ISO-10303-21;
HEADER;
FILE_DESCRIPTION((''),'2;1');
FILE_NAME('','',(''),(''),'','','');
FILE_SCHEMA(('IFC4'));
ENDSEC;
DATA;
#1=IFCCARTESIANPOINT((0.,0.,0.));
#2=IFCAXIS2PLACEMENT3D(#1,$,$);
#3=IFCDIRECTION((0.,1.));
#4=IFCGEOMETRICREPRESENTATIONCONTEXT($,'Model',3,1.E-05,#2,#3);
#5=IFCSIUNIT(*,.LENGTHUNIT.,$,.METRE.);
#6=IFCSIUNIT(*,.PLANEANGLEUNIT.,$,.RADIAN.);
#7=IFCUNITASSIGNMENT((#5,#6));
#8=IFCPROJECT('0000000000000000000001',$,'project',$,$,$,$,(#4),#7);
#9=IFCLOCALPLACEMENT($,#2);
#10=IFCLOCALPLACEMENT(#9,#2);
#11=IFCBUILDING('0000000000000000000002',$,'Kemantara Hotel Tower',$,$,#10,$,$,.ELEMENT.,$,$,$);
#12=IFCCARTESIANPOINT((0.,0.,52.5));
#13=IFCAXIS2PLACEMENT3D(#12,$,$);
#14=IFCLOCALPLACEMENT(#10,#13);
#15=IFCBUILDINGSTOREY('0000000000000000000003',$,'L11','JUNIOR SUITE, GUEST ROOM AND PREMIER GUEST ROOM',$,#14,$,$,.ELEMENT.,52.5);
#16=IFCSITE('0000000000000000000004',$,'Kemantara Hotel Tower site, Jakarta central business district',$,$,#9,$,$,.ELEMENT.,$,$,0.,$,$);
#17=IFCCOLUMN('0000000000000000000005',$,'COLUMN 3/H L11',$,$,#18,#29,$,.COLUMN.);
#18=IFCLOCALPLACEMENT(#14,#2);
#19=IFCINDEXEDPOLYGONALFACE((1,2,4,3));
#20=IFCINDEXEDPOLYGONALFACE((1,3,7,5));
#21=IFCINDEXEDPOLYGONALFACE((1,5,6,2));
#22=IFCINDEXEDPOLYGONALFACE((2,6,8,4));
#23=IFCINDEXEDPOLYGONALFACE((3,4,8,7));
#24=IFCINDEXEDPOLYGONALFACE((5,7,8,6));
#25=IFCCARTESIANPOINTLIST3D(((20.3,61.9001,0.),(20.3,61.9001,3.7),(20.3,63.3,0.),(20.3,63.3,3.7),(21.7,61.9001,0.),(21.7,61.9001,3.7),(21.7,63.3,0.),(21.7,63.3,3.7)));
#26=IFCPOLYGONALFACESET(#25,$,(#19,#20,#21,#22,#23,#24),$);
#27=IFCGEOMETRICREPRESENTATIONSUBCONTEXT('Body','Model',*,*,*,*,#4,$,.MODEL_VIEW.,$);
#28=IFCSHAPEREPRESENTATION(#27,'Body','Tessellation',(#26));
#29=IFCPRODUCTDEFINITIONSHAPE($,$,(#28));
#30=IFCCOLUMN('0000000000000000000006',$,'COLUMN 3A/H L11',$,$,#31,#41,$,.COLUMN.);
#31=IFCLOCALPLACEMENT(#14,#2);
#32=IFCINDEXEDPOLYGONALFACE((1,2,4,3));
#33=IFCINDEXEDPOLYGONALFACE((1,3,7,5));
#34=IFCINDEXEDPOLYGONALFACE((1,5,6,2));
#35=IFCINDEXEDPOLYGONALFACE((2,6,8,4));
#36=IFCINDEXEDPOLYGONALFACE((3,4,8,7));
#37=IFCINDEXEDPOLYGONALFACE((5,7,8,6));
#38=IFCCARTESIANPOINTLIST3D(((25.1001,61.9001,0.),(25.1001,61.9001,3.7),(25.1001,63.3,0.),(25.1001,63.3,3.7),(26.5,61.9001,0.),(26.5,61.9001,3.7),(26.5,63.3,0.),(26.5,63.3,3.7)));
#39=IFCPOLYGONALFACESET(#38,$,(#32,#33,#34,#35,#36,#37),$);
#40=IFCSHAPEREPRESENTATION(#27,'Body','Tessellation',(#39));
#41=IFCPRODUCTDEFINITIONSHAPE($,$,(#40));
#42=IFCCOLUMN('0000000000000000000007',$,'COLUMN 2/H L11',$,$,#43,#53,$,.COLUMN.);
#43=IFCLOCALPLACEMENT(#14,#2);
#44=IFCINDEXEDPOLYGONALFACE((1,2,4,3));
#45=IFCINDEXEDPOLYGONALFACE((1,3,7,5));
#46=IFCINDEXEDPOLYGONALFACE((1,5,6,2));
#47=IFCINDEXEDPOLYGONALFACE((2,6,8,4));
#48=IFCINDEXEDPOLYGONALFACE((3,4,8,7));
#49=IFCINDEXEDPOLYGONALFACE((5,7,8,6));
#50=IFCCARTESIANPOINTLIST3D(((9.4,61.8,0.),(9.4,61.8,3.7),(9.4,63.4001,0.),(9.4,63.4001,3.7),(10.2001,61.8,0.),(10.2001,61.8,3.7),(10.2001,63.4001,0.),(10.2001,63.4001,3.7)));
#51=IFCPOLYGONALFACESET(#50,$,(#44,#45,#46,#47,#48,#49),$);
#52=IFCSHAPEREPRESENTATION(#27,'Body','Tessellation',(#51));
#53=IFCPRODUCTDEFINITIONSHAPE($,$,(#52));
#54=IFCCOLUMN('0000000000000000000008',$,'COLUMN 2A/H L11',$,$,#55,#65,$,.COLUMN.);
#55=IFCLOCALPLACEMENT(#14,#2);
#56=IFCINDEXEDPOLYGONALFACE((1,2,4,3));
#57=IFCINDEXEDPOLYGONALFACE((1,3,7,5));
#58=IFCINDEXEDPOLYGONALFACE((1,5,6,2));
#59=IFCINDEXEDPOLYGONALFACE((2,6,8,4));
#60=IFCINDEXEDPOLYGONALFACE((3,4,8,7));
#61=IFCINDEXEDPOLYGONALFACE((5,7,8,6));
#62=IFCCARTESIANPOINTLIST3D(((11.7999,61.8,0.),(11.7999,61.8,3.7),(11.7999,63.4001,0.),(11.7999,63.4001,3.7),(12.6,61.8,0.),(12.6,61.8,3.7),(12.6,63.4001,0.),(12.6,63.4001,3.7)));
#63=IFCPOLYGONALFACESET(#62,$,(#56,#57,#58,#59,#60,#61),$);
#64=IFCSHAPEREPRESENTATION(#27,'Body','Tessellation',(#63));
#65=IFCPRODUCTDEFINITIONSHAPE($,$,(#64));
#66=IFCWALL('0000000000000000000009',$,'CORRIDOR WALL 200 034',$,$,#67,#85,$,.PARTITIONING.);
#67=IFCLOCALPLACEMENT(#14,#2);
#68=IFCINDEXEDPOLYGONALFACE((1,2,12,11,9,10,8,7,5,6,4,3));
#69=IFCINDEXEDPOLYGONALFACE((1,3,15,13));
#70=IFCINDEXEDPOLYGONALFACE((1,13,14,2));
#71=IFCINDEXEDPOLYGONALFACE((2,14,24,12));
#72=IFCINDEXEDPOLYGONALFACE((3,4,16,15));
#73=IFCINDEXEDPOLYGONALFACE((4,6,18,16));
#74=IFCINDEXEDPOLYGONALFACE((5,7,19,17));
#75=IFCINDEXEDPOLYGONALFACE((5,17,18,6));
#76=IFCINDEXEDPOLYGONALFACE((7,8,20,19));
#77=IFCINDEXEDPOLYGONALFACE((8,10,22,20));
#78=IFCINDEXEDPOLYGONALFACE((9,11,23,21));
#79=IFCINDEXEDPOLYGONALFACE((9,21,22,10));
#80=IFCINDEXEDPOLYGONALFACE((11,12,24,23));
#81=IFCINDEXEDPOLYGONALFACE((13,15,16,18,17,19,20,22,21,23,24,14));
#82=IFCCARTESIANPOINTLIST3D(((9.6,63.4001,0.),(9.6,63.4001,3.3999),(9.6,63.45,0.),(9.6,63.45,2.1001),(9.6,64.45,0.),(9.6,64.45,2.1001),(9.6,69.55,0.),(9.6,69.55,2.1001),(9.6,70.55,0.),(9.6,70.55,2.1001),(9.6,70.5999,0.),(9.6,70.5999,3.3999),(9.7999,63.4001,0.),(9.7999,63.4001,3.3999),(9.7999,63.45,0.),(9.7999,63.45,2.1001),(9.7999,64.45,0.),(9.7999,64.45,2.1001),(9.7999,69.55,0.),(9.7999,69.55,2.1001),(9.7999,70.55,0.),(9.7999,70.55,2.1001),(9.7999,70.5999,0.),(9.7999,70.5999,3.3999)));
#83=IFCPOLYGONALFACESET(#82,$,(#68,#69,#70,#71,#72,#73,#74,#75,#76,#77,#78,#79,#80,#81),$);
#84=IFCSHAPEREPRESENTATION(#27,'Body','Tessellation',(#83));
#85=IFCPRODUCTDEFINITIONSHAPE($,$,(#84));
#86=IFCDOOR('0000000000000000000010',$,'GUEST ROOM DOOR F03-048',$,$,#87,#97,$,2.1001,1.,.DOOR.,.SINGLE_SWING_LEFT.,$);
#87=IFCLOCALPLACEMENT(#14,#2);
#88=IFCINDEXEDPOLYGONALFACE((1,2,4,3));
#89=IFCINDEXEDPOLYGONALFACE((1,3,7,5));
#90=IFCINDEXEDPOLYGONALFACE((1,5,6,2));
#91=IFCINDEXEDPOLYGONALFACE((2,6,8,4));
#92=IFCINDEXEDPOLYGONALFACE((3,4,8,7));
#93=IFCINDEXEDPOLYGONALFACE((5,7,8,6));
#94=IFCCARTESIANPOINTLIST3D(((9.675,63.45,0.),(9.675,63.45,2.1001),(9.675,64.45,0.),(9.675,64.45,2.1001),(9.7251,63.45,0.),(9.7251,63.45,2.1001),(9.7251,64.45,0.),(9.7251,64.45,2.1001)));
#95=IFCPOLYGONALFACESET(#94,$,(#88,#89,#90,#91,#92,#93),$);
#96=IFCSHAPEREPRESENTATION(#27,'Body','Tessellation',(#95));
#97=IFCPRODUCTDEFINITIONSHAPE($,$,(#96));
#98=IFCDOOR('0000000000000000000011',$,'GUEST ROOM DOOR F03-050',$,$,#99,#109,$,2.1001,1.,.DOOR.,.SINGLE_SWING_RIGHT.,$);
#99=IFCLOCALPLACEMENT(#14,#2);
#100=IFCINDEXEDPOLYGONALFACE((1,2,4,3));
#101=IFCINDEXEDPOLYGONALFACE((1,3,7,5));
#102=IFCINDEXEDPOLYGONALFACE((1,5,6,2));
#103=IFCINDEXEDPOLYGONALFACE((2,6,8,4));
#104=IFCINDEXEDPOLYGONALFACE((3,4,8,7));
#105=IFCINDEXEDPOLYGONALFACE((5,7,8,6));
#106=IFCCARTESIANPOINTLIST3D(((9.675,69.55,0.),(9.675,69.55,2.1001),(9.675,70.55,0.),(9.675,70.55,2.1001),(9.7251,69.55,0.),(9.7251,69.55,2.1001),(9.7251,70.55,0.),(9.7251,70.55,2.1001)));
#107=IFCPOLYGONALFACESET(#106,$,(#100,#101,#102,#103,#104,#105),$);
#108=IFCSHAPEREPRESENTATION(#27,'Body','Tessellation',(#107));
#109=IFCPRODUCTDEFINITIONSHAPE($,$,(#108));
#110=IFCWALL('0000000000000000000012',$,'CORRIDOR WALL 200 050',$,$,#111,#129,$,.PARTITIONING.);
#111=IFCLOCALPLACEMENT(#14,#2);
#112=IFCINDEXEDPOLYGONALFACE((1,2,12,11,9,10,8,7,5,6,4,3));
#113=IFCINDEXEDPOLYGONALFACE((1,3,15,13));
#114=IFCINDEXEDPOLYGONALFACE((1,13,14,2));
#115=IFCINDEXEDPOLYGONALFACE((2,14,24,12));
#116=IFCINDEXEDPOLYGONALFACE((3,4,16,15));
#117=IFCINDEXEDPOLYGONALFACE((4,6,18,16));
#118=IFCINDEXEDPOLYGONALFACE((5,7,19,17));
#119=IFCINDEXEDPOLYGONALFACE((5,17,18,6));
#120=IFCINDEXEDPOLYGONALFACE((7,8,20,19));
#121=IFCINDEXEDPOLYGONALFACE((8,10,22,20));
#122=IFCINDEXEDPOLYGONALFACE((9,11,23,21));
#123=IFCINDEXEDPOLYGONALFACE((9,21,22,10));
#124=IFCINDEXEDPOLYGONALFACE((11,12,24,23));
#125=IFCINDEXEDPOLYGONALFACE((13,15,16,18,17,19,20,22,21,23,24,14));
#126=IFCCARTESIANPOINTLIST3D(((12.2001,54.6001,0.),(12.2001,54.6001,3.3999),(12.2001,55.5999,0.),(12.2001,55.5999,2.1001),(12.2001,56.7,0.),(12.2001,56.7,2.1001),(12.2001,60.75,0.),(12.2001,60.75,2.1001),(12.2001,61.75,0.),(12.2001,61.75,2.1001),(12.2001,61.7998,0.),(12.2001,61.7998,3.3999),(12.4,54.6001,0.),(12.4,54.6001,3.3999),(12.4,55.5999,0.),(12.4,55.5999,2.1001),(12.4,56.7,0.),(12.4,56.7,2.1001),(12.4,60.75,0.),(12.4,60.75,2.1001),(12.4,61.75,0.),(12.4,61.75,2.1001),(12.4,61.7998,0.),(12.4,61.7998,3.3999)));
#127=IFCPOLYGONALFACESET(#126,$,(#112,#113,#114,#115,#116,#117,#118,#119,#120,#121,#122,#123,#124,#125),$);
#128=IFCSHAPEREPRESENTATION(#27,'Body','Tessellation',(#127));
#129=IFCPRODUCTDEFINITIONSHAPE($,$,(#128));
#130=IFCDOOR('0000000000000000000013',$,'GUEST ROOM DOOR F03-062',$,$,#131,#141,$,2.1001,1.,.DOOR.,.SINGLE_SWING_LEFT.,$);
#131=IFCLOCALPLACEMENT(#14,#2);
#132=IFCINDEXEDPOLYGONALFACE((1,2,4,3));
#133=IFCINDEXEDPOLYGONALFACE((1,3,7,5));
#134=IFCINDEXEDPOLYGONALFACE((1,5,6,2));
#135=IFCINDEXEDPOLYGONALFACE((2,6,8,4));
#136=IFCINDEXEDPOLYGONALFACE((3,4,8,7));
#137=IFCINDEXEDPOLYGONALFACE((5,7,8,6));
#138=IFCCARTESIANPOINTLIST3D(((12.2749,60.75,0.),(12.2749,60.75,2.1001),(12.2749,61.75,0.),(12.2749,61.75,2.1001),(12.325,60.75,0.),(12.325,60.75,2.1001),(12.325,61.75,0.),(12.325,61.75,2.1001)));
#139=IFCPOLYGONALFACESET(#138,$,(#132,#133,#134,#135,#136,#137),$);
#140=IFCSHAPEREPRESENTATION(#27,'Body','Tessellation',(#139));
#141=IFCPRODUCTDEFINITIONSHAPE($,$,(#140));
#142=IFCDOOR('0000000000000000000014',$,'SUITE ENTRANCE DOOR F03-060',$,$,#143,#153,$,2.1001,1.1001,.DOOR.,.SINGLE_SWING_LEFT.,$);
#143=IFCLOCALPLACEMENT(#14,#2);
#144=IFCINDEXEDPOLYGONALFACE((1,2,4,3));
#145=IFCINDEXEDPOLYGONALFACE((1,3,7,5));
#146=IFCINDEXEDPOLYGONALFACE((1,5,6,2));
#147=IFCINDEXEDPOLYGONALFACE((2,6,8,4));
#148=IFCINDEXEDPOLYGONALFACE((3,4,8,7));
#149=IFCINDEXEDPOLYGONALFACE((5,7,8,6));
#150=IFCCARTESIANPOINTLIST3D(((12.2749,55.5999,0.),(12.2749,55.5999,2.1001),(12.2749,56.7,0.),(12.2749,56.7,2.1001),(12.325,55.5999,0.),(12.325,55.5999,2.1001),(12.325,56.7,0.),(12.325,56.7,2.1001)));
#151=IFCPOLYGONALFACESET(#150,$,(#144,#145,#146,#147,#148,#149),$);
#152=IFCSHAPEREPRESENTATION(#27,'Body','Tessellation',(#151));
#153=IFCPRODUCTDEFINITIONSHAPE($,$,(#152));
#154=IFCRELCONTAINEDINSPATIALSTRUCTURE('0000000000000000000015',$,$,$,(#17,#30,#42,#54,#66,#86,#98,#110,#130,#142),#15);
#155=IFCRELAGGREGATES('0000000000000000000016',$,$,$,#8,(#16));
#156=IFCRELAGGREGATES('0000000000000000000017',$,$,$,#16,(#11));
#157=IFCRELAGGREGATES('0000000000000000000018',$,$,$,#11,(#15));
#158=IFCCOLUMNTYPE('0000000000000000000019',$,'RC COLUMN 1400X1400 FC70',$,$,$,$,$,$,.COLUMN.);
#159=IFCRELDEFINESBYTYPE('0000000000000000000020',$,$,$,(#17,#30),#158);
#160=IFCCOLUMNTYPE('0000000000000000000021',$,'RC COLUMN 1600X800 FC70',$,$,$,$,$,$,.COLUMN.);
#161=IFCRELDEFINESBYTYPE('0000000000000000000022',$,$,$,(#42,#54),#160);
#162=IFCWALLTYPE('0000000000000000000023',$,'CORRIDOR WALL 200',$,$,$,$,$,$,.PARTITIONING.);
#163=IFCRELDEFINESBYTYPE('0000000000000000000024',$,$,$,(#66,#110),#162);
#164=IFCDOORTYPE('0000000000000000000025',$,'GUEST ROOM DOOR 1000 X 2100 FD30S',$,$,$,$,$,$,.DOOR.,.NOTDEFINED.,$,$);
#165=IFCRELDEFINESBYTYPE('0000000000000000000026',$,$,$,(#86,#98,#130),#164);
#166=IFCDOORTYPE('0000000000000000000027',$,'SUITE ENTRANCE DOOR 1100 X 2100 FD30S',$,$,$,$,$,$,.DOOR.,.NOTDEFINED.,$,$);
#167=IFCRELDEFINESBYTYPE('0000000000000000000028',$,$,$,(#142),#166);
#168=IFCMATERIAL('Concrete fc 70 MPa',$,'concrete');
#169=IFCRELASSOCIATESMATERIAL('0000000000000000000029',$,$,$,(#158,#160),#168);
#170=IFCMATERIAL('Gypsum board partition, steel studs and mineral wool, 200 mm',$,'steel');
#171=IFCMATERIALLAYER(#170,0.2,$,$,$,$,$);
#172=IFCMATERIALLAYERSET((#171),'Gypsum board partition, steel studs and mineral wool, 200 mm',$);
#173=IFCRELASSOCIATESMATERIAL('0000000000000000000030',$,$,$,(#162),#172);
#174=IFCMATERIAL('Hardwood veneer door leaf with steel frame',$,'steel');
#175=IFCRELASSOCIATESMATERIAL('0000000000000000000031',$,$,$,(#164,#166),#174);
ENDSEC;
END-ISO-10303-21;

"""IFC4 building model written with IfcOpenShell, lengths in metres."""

from ifc_helpers import new_model, si_unit, direction, frame, frame_2d, origin, origin_2d, place, context, subcontext, project, spatial, rectangle, extrude, material, layer, layer_set, material_profile, profile_set, type_object, element, fill, save


model = new_model("IFC4")

# Units and contexts
model_context = context("Model", 3, precision=1e-05, world=origin(), true_north=direction((0.0, 1.0)))
body_context = subcontext(model_context, "Body", "Model", "MODEL_VIEW")
ifc_project = project(units=[si_unit("LENGTHUNIT", "METRE"), si_unit("PLANEANGLEUNIT", "RADIAN")], contexts=[model_context])

# Site, building, storey
site_placement = place(None, origin())
site = spatial("IfcSite", under=ifc_project, at=site_placement, Name="Kemantara Hotel Tower site, Jakarta central business district", CompositionType="ELEMENT", RefElevation=0.0)
building_placement = place(site_placement, origin())
building = spatial("IfcBuilding", under=site, at=building_placement, Name="Kemantara Hotel Tower", CompositionType="ELEMENT")
storey_placement = place(building_placement, frame((0.0, 0.0, 52.5)))
storey = spatial("IfcBuildingStorey", under=building, at=storey_placement, Name="L11", Description="JUNIOR SUITE, GUEST ROOM AND PREMIER GUEST ROOM", CompositionType="ELEMENT", Elevation=52.5)

# Columns
ifc_material_1 = material(Name="Concrete fc 70 MPa", Category="concrete")
ifc_material_profile_1 = material_profile(ifc_material_1, rectangle(XDim=1.3999, YDim=1.3999, at=origin_2d()), Name="RC 1400X1400")
ifc_profile_set_1 = profile_set([ifc_material_profile_1], Name="Concrete fc 70 MPa")
column_type_1 = type_object("IfcColumnType", Name="RC COLUMN 1400X1400 FC70", PredefinedType="COLUMN", material=ifc_profile_set_1)
for number, where, z_axis, x_axis, name in (
    (1, (21.0, 62.6001, 0.0), (0.0, 0.0, 1.0), (1.0, 0.0, 0.0), "COLUMN 3/H L11"),
    (2, (25.8, 62.6001, 0.0), (0.0, 0.0, 1.0), (1.0, 0.0, 0.0), "COLUMN 3A/H L11"),
):
    element("IfcColumn", number, at=place(storey_placement, frame(where, z_axis=z_axis, x_axis=x_axis)), inside=storey, type_object=column_type_1, Name=name, PredefinedType="COLUMN", context=body_context, shape_type="SweptSolid", body=[
        extrude(rectangle(XDim=1.3999, YDim=1.3999, at=origin_2d()), origin(), (0.0, 0.0, 1.0), 3.7),
    ])
ifc_material_profile_2 = material_profile(ifc_material_1, rectangle(XDim=1.6001, YDim=0.8, at=origin_2d()), Name="RC 1600X800")
ifc_profile_set_2 = profile_set([ifc_material_profile_2], Name="Concrete fc 70 MPa")
column_type_2 = type_object("IfcColumnType", Name="RC COLUMN 1600X800 FC70", PredefinedType="COLUMN", material=ifc_profile_set_2)
for number, where, z_axis, x_axis, name in (
    (3, (9.8, 62.6001, 0.0), (0.0, 0.0, 1.0), (0.0, 1.0, 0.0), "COLUMN 2/H L11"),
    (4, (12.2, 62.6001, 0.0), (0.0, 0.0, 1.0), (0.0, 1.0, 0.0), "COLUMN 2A/H L11"),
):
    element("IfcColumn", number, at=place(storey_placement, frame(where, z_axis=z_axis, x_axis=x_axis)), inside=storey, type_object=column_type_2, Name=name, PredefinedType="COLUMN", context=body_context, shape_type="SweptSolid", body=[
        extrude(rectangle(XDim=1.6001, YDim=0.8, at=origin_2d()), origin(), (0.0, 0.0, 1.0), 3.7),
    ])

# Walls, openings, doors
ifc_material_2 = material(Name="Gypsum board partition, steel studs and mineral wool, 200 mm", Category="steel")
ifc_layer_1 = layer(ifc_material_2, 0.2)
ifc_layer_set_1 = layer_set([ifc_layer_1], Name="Gypsum board partition, steel studs and mineral wool, 200 mm")
wall_type_1 = type_object("IfcWallType", Name="CORRIDOR WALL 200", PredefinedType="PARTITIONING", material=ifc_layer_set_1)
wall_1_placement = place(storey_placement, frame((9.7, 63.4001, 0.0), z_axis=(0.0, 0.0, 1.0), x_axis=(0.0, 1.0, 0.0)))
wall_1 = element("IfcWall", 5, at=wall_1_placement, inside=storey, type_object=wall_type_1, Name="CORRIDOR WALL 200 034", PredefinedType="PARTITIONING", context=body_context, shape_type="SweptSolid", body=[
    extrude(rectangle(XDim=7.1997, YDim=0.2, at=frame_2d((3.5999, 0.0))), origin(), (0.0, 0.0, 1.0), 3.3999),
])
opening_1_placement = place(wall_1_placement, frame((0.0498, 0.0, 0.0)))
opening_1 = element("IfcOpeningElement", 6, at=opening_1_placement, cuts=wall_1, PredefinedType="OPENING", context=body_context, shape_type="SweptSolid", body=[
    extrude(rectangle(XDim=1.0, YDim=2.1001, at=frame_2d((0.5, 1.05))), frame((0.0, 0.1099, 0.0), z_axis=(0.0, -1.0, 0.0), x_axis=(1.0, 0.0, 0.0)), (0.0, 0.0, 1.0), 0.22),
])
opening_2_placement = place(wall_1_placement, frame((6.1499, 0.0, 0.0)))
opening_2 = element("IfcOpeningElement", 7, at=opening_2_placement, cuts=wall_1, PredefinedType="OPENING", context=body_context, shape_type="SweptSolid", body=[
    extrude(rectangle(XDim=1.0, YDim=2.1001, at=frame_2d((0.5, 1.05))), frame((0.0, 0.1099, 0.0), z_axis=(0.0, -1.0, 0.0), x_axis=(1.0, 0.0, 0.0)), (0.0, 0.0, 1.0), 0.22),
])
ifc_material_3 = material(Name="Hardwood veneer door leaf with steel frame", Category="steel")
door_type_1 = type_object("IfcDoorType", Name="GUEST ROOM DOOR 1000 X 2100 FD30S", OperationType="NOTDEFINED", PredefinedType="DOOR", material=ifc_material_3)
door_1_placement = place(opening_1_placement, origin())
door_1 = element("IfcDoor", 8, at=door_1_placement, inside=storey, type_object=door_type_1, Name="GUEST ROOM DOOR F03-048", OperationType="SINGLE_SWING_LEFT", OverallHeight=2.1001, OverallWidth=1.0, PredefinedType="DOOR", context=body_context, shape_type="SweptSolid", body=[
    extrude(rectangle(XDim=1.0, YDim=2.1001, at=frame_2d((0.5, 1.05))), frame((0.0, 0.0249, 0.0), z_axis=(0.0, -1.0, 0.0), x_axis=(1.0, 0.0, 0.0)), (0.0, 0.0, 1.0), 0.05),
])
fill(opening_1, door_1)
door_2_placement = place(opening_2_placement, origin())
door_2 = element("IfcDoor", 9, at=door_2_placement, inside=storey, type_object=door_type_1, Name="GUEST ROOM DOOR F03-050", OperationType="SINGLE_SWING_RIGHT", OverallHeight=2.1001, OverallWidth=1.0, PredefinedType="DOOR", context=body_context, shape_type="SweptSolid", body=[
    extrude(rectangle(XDim=1.0, YDim=2.1001, at=frame_2d((0.5, 1.05))), frame((0.0, 0.0249, 0.0), z_axis=(0.0, -1.0, 0.0), x_axis=(1.0, 0.0, 0.0)), (0.0, 0.0, 1.0), 0.05),
])
fill(opening_2, door_2)
wall_2_placement = place(storey_placement, frame((12.3, 61.7998, 0.0), z_axis=(0.0, 0.0, 1.0), x_axis=(0.0, -1.0, 0.0)))
wall_2 = element("IfcWall", 10, at=wall_2_placement, inside=storey, type_object=wall_type_1, Name="CORRIDOR WALL 200 050", PredefinedType="PARTITIONING", context=body_context, shape_type="SweptSolid", body=[
    extrude(rectangle(XDim=7.1997, YDim=0.2, at=frame_2d((3.5999, 0.0))), origin(), (0.0, 0.0, 1.0), 3.3999),
])
opening_3_placement = place(wall_2_placement, frame((5.0999, 0.0, 0.0)))
opening_3 = element("IfcOpeningElement", 11, at=opening_3_placement, cuts=wall_2, PredefinedType="OPENING", context=body_context, shape_type="SweptSolid", body=[
    extrude(rectangle(XDim=1.1001, YDim=2.1001, at=frame_2d((0.55, 1.05))), frame((0.0, 0.1099, 0.0), z_axis=(0.0, -1.0, 0.0), x_axis=(1.0, 0.0, 0.0)), (0.0, 0.0, 1.0), 0.22),
])
opening_4_placement = place(wall_2_placement, frame((0.0498, 0.0, 0.0)))
opening_4 = element("IfcOpeningElement", 12, at=opening_4_placement, cuts=wall_2, PredefinedType="OPENING", context=body_context, shape_type="SweptSolid", body=[
    extrude(rectangle(XDim=1.0, YDim=2.1001, at=frame_2d((0.5, 1.05))), frame((0.0, 0.1099, 0.0), z_axis=(0.0, -1.0, 0.0), x_axis=(1.0, 0.0, 0.0)), (0.0, 0.0, 1.0), 0.22),
])
door_3_placement = place(opening_4_placement, origin())
door_3 = element("IfcDoor", 13, at=door_3_placement, inside=storey, type_object=door_type_1, Name="GUEST ROOM DOOR F03-062", OperationType="SINGLE_SWING_LEFT", OverallHeight=2.1001, OverallWidth=1.0, PredefinedType="DOOR", context=body_context, shape_type="SweptSolid", body=[
    extrude(rectangle(XDim=1.0, YDim=2.1001, at=frame_2d((0.5, 1.05))), frame((0.0, 0.0249, 0.0), z_axis=(0.0, -1.0, 0.0), x_axis=(1.0, 0.0, 0.0)), (0.0, 0.0, 1.0), 0.05),
])
fill(opening_4, door_3)
door_type_2 = type_object("IfcDoorType", Name="SUITE ENTRANCE DOOR 1100 X 2100 FD30S", OperationType="NOTDEFINED", PredefinedType="DOOR", material=ifc_material_3)
door_4_placement = place(opening_3_placement, origin())
door_4 = element("IfcDoor", 14, at=door_4_placement, inside=storey, type_object=door_type_2, Name="SUITE ENTRANCE DOOR F03-060", OperationType="SINGLE_SWING_LEFT", OverallHeight=2.1001, OverallWidth=1.1001, PredefinedType="DOOR", context=body_context, shape_type="SweptSolid", body=[
    extrude(rectangle(XDim=1.1001, YDim=2.1001, at=frame_2d((0.55, 1.05))), frame((0.0, 0.0249, 0.0), z_axis=(0.0, -1.0, 0.0), x_axis=(1.0, 0.0, 0.0)), (0.0, 0.0, 1.0), 0.05),
])
fill(opening_3, door_4)

save(model, "model.ifc")
